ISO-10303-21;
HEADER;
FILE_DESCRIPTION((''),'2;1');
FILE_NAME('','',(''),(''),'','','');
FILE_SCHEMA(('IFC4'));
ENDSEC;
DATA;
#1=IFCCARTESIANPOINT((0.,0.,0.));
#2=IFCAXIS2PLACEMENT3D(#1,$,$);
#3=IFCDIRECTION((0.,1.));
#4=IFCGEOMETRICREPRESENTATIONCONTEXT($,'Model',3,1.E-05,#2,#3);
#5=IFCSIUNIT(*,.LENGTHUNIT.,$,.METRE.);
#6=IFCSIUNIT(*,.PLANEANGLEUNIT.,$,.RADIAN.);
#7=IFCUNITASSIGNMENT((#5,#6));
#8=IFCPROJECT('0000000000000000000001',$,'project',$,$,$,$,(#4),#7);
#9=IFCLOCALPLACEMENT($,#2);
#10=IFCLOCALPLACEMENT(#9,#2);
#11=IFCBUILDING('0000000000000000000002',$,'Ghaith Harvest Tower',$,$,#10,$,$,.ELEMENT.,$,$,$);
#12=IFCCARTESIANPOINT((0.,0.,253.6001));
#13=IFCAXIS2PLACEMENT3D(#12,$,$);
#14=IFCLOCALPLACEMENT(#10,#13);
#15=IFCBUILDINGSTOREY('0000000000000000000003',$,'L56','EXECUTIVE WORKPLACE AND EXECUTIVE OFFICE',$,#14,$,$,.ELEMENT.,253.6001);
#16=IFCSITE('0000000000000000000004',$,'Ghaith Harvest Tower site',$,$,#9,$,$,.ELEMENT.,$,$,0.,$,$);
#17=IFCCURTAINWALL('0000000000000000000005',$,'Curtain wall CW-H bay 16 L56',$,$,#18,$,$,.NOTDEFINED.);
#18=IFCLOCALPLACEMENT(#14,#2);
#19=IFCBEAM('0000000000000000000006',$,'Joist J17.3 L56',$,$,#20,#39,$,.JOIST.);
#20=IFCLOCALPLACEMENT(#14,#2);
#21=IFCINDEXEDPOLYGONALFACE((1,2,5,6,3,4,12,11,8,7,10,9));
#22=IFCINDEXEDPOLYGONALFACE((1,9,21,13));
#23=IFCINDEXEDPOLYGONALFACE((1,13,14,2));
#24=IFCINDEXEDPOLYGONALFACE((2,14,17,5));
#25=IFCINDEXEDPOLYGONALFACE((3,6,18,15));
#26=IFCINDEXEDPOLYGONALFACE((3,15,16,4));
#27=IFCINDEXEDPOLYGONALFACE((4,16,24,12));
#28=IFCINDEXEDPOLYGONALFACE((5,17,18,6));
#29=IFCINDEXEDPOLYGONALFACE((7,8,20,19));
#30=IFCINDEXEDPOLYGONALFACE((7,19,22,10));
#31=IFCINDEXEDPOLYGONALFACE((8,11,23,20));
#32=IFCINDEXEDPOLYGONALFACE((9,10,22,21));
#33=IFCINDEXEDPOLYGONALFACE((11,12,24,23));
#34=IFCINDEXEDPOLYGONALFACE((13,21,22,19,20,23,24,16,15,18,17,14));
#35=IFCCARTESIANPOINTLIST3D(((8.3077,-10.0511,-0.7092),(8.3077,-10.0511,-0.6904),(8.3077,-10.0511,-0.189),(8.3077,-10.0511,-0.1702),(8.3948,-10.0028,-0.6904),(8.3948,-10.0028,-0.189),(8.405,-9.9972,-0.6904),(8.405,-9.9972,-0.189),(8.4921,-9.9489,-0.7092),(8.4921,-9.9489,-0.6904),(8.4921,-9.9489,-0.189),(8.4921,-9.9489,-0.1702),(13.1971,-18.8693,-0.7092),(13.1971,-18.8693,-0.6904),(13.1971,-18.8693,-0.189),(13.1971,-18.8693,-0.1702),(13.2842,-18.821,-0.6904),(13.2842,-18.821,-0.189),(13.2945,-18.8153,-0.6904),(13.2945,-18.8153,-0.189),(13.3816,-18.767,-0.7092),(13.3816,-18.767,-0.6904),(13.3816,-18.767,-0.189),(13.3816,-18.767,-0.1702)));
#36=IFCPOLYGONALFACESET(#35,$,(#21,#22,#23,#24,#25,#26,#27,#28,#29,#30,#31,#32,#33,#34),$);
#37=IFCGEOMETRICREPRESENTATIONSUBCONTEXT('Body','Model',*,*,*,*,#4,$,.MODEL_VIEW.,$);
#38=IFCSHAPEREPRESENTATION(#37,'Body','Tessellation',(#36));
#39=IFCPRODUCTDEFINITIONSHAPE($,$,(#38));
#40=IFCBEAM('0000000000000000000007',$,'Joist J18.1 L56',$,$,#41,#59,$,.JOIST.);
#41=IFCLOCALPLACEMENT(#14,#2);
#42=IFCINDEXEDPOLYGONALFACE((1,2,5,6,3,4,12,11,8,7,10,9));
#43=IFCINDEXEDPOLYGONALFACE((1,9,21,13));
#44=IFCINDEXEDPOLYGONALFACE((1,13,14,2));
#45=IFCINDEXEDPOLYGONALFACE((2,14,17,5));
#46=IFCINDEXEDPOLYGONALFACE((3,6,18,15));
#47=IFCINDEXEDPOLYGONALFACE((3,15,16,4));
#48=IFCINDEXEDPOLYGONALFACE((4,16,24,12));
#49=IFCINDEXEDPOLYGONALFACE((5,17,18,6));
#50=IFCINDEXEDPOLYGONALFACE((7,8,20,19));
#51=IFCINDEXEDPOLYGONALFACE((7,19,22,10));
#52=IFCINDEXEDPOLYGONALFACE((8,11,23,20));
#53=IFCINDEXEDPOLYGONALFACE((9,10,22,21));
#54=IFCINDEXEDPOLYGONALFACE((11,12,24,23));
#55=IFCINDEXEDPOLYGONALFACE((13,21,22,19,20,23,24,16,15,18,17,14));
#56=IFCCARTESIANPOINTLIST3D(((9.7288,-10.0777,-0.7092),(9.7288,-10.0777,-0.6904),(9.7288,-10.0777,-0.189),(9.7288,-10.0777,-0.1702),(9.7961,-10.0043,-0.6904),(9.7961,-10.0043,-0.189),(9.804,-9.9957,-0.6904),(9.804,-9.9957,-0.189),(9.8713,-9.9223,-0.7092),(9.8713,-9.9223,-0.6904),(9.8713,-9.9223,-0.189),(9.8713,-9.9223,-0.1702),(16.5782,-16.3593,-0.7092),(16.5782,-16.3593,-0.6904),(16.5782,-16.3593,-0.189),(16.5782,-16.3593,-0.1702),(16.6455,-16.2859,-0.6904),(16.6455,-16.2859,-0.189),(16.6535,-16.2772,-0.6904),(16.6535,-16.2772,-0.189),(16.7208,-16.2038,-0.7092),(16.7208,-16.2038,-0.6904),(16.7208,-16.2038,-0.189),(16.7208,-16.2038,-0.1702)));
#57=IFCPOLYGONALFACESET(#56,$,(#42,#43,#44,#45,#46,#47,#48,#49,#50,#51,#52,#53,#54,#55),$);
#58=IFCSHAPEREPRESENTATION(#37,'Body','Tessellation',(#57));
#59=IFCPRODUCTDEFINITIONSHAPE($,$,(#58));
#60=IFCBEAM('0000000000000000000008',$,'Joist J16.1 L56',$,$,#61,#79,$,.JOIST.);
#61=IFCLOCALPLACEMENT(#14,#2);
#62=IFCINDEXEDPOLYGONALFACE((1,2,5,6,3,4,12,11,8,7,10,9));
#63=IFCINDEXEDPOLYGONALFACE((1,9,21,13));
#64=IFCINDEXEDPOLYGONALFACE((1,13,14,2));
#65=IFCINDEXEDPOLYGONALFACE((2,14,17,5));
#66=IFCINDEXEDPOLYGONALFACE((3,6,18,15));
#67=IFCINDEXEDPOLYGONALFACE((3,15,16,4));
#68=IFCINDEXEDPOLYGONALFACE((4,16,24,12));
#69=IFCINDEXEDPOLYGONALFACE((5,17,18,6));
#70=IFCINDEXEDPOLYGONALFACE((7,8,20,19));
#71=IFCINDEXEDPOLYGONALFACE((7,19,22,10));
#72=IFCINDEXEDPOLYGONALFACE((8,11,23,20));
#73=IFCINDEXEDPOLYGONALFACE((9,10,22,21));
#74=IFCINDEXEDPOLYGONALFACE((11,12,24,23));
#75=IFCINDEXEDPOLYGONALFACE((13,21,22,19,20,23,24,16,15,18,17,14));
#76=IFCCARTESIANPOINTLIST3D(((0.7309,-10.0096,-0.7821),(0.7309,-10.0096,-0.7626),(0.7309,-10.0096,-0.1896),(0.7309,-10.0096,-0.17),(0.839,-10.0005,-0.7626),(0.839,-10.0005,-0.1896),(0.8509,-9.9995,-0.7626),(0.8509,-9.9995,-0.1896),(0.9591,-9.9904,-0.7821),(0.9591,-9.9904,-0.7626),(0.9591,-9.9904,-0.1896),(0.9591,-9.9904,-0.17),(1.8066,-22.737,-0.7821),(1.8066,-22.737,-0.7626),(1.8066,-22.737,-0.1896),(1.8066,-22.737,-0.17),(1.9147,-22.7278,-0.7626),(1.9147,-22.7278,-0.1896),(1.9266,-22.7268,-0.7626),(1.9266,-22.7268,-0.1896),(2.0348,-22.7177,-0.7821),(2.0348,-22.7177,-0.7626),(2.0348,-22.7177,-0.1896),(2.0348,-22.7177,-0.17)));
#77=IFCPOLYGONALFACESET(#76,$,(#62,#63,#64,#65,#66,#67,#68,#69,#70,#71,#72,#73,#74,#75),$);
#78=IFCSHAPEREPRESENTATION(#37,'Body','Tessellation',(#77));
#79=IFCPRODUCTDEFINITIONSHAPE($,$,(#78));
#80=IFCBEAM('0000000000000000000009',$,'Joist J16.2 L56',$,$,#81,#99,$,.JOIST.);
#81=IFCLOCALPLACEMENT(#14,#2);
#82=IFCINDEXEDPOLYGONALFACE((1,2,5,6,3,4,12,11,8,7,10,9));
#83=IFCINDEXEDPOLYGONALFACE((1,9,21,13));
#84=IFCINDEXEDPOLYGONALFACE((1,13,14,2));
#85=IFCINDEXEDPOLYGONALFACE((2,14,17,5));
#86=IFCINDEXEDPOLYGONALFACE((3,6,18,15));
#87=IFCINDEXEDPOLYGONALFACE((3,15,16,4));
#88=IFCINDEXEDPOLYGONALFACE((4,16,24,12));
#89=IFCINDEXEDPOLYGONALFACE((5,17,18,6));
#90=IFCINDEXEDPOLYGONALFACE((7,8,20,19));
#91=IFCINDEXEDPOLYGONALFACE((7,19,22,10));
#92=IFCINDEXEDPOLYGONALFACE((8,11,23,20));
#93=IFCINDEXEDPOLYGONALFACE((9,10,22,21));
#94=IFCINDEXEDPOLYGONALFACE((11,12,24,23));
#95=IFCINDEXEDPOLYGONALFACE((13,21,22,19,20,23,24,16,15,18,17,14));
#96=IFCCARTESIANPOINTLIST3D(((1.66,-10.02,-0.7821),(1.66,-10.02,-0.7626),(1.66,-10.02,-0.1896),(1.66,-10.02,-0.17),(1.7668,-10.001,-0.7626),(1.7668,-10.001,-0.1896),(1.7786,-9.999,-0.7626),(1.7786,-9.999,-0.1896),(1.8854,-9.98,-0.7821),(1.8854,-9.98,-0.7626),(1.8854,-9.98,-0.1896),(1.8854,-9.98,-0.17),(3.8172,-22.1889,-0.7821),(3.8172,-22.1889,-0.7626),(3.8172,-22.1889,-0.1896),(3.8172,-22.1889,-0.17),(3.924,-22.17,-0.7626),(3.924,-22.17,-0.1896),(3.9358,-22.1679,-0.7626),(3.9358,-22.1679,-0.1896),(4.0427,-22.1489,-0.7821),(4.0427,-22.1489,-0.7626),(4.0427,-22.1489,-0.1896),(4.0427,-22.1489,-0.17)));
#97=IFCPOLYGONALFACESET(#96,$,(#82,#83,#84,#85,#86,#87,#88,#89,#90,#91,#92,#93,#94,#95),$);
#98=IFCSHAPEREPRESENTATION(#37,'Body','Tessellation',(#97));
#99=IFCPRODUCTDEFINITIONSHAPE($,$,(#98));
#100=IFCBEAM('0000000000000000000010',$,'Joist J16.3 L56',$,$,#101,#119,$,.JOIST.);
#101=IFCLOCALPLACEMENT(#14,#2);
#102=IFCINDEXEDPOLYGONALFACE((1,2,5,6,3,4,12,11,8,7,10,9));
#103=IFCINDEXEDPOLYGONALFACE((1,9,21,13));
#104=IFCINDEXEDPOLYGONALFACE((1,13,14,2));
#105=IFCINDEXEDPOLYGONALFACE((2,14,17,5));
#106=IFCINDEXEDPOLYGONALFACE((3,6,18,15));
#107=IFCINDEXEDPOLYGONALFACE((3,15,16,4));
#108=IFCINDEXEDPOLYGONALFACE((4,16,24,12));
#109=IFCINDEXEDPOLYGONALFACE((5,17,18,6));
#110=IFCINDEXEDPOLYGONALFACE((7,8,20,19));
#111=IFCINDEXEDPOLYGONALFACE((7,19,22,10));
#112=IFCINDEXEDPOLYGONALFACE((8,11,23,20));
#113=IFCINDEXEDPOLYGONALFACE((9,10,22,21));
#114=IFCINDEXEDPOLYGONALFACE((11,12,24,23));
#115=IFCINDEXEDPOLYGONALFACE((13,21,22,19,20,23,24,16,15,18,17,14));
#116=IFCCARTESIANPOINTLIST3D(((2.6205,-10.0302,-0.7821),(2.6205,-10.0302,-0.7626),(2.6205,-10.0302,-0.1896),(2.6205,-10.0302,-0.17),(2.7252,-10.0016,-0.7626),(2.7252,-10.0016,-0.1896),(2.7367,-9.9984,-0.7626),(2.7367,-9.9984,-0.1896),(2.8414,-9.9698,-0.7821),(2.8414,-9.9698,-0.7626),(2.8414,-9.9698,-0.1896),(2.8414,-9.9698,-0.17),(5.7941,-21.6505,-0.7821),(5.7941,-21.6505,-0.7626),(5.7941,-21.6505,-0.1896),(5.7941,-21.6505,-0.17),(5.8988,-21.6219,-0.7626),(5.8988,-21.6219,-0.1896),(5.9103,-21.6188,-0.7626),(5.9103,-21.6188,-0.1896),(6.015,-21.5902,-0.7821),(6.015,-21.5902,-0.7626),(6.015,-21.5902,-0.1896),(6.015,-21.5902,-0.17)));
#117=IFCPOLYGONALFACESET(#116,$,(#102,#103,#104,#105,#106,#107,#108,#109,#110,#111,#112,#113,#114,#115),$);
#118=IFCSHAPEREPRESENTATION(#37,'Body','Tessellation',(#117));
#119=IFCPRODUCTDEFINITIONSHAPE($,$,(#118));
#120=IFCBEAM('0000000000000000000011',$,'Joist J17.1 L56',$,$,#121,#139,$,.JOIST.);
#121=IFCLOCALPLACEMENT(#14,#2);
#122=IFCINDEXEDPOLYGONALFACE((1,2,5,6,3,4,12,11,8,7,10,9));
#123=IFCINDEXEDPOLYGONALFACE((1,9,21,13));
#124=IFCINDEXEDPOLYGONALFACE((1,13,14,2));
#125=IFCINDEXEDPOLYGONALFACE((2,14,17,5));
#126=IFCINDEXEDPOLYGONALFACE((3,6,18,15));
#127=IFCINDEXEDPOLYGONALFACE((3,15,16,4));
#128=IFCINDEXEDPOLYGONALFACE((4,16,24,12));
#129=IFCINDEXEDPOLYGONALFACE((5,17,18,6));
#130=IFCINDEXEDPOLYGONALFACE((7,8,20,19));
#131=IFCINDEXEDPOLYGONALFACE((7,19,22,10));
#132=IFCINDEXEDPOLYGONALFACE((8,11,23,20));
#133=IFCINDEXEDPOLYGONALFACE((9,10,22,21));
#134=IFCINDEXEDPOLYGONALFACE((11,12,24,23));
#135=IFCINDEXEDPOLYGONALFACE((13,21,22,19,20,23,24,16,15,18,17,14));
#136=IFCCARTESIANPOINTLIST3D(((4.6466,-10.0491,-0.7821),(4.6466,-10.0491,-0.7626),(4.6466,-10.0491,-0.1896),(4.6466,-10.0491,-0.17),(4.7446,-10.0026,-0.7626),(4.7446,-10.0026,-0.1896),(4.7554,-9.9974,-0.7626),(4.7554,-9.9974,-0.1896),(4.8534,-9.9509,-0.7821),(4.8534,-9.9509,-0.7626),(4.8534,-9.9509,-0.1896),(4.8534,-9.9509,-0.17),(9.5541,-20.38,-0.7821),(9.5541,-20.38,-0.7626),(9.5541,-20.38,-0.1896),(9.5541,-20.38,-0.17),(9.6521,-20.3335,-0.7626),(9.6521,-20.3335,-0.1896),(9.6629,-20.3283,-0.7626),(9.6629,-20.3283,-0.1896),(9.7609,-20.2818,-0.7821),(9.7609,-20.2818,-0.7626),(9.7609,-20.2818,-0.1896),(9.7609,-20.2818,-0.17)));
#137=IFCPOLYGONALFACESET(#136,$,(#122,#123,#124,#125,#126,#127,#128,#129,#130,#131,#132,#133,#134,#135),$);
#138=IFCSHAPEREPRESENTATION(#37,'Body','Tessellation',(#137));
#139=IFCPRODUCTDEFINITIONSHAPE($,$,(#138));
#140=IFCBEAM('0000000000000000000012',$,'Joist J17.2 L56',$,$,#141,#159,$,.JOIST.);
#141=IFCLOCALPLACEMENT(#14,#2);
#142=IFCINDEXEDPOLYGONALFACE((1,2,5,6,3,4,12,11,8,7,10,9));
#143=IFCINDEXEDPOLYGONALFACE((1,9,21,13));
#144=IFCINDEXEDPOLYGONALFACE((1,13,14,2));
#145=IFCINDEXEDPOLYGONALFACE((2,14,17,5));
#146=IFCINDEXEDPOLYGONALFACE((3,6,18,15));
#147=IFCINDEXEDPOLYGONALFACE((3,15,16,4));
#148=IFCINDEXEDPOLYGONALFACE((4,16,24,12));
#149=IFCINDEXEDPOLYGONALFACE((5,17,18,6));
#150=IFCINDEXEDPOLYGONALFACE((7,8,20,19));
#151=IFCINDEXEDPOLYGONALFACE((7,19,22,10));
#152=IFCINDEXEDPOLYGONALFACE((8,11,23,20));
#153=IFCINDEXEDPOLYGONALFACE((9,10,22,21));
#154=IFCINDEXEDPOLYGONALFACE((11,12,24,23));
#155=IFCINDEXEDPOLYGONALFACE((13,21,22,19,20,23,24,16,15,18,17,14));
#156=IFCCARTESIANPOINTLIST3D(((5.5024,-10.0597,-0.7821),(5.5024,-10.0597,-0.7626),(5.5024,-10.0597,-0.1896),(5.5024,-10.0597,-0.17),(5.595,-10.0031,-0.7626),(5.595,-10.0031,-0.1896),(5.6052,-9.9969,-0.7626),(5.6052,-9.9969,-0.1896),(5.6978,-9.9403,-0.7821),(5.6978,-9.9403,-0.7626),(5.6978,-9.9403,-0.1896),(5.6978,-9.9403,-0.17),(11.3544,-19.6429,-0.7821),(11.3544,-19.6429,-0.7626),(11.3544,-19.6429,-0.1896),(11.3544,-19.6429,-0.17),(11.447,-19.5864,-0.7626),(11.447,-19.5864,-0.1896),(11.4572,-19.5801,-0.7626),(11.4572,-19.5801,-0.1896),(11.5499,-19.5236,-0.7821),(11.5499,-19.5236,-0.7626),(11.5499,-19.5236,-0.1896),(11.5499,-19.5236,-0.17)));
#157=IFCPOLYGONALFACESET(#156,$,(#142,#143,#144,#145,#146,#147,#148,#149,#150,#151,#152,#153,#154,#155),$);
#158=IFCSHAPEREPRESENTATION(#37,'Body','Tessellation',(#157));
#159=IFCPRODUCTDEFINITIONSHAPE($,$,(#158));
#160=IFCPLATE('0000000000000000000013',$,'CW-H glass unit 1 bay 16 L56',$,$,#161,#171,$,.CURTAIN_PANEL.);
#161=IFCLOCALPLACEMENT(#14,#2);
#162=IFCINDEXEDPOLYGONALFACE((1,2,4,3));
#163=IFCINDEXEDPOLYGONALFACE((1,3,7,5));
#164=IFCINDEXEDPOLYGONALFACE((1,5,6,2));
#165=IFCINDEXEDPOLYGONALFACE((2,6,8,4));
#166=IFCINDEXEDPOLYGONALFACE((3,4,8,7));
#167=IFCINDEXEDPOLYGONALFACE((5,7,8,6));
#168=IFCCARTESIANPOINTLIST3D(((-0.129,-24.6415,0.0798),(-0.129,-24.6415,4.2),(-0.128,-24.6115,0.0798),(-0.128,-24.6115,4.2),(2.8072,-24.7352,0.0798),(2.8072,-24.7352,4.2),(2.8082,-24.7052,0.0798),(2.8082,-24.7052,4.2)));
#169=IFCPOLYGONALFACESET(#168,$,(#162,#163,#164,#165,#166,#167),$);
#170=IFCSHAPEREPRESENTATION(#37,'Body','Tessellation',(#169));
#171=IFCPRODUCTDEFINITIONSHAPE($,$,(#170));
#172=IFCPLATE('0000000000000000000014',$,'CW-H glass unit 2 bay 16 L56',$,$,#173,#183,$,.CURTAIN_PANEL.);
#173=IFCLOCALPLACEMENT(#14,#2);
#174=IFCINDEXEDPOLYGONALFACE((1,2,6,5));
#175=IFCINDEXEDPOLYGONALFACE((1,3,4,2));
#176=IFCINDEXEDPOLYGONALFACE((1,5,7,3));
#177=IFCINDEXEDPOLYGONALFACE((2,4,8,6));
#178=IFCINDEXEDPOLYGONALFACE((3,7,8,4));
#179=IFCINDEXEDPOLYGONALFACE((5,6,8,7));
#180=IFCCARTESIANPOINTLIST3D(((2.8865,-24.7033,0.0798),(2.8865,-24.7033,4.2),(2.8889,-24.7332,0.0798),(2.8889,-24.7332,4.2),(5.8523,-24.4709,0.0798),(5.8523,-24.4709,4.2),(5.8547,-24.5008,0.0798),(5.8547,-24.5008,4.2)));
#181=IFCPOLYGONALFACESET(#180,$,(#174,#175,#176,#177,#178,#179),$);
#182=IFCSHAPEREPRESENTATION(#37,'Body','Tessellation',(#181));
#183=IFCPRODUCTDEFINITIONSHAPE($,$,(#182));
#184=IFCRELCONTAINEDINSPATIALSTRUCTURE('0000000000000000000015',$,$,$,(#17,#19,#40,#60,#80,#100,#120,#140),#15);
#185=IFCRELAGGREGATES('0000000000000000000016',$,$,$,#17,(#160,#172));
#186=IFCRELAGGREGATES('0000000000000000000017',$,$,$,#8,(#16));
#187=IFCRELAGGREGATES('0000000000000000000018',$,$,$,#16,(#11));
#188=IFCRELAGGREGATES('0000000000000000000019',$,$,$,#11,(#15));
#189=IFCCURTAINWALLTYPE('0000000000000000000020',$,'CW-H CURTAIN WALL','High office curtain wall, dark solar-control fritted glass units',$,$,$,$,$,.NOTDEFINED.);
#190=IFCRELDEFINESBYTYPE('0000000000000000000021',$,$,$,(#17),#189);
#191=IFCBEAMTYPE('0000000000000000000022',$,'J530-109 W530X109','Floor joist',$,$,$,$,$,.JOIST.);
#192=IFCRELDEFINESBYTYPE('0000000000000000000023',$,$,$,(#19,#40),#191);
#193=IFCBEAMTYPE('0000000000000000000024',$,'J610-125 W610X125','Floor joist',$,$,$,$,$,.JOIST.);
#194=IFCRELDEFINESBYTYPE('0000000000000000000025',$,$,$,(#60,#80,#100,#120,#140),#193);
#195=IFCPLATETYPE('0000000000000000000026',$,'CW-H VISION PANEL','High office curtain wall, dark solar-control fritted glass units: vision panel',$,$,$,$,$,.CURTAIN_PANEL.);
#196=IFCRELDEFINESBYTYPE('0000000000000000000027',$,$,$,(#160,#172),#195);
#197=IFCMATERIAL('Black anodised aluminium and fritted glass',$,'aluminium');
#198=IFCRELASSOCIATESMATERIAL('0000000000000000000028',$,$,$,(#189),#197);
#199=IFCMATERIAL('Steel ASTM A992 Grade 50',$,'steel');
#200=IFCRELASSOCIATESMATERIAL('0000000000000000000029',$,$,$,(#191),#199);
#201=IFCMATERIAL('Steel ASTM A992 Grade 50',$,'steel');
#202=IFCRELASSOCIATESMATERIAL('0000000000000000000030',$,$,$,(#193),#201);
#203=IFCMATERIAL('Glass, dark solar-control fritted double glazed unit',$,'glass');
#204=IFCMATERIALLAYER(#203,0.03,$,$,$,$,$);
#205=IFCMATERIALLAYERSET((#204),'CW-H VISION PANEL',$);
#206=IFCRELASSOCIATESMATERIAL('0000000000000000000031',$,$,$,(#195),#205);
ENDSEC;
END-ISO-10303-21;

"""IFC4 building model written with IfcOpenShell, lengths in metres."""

from ifc_helpers import new_model, si_unit, direction, frame, origin, origin_2d, place, context, subcontext, project, spatial, rectangle, i_section, extrude, material, layer, layer_set, material_profile, profile_set, type_object, element, aggregate, save


model = new_model("IFC4")

# Units and contexts
model_context = context("Model", 3, precision=1e-05, world=origin(), true_north=direction((0.0, 1.0)))
body_context = subcontext(model_context, "Body", "Model", "MODEL_VIEW")
ifc_project = project(units=[si_unit("LENGTHUNIT", "METRE"), si_unit("PLANEANGLEUNIT", "RADIAN")], contexts=[model_context])

# Site, building, storey
site_placement = place(None, origin())
site = spatial("IfcSite", under=ifc_project, at=site_placement, Name="Ghaith Harvest Tower site", CompositionType="ELEMENT", RefElevation=0.0)
building_placement = place(site_placement, origin())
building = spatial("IfcBuilding", under=site, at=building_placement, Name="Ghaith Harvest Tower", CompositionType="ELEMENT")
storey_placement = place(building_placement, frame((0.0, 0.0, 253.6001)))
storey = spatial("IfcBuildingStorey", under=building, at=storey_placement, Name="L56", Description="EXECUTIVE WORKPLACE AND EXECUTIVE OFFICE", CompositionType="ELEMENT", Elevation=253.6001)

# Curtain wall
ifc_material_1 = material(Name="Black anodised aluminium and fritted glass", Category="aluminium")
curtain_wall_type = type_object("IfcCurtainWallType", Name="CW-H CURTAIN WALL", Description="High office curtain wall, dark solar-control fritted glass units", PredefinedType="NOTDEFINED", material=ifc_material_1)
curtain_wall_1_placement = place(storey_placement, origin())
curtain_wall_1 = element("IfcCurtainWall", 1, at=curtain_wall_1_placement, inside=storey, type_object=curtain_wall_type, Name="Curtain wall CW-H bay 16 L56", PredefinedType="NOTDEFINED")

# Beams
ifc_material_2 = material(Name="Steel ASTM A992 Grade 50", Category="steel")
ifc_material_profile_1 = material_profile(ifc_material_2, i_section(OverallWidth=0.2109, OverallDepth=0.5391, WebThickness=0.0117, FlangeThickness=0.0188, at=origin_2d()), Name="W530X109")
ifc_profile_set_1 = profile_set([ifc_material_profile_1], Name="Steel ASTM A992 Grade 50")
beam_type_1 = type_object("IfcBeamType", Name="J530-109 W530X109", Description="Floor joist", PredefinedType="JOIST", material=ifc_profile_set_1)
beam_1_placement = place(storey_placement, frame((8.3999, -10.0, -0.4397), z_axis=(0.484919, -0.874559, 0.0), x_axis=(0.874559, 0.484919, 0.0)))
element("IfcBeam", 2, at=beam_1_placement, inside=storey, type_object=beam_type_1, Name="Joist J17.3 L56", PredefinedType="JOIST", context=body_context, shape_type="SweptSolid", body=[
    extrude(i_section(OverallWidth=0.2109, OverallDepth=0.5391, WebThickness=0.0117, FlangeThickness=0.0188, at=origin_2d()), origin(), (0.0, 0.0, 1.0), 10.083),
])
beam_2_placement = place(storey_placement, frame((9.8, -10.0, -0.4397), z_axis=(0.736998, -0.675895, 0.0), x_axis=(0.675895, 0.736998, 0.0)))
element("IfcBeam", 3, at=beam_2_placement, inside=storey, type_object=beam_type_1, Name="Joist J18.1 L56", PredefinedType="JOIST", context=body_context, shape_type="SweptSolid", body=[
    extrude(i_section(OverallWidth=0.2109, OverallDepth=0.5391, WebThickness=0.0117, FlangeThickness=0.0188, at=origin_2d()), origin(), (0.0, 0.0, 1.0), 9.2937),
])
ifc_material_3 = material(Name="Steel ASTM A992 Grade 50", Category="steel")
ifc_material_profile_2 = material_profile(ifc_material_3, i_section(OverallWidth=0.229, OverallDepth=0.6121, WebThickness=0.012, FlangeThickness=0.0195, at=origin_2d()), Name="W610X125")
ifc_profile_set_2 = profile_set([ifc_material_profile_2], Name="Steel ASTM A992 Grade 50")
beam_type_2 = type_object("IfcBeamType", Name="J610-125 W610X125", Description="Floor joist", PredefinedType="JOIST", material=ifc_profile_set_2)
beam_3_placement = place(storey_placement, frame((0.845, -10.0, -0.4761), z_axis=(0.084218, -0.996447, 0.0), x_axis=(0.996447, 0.084218, 0.0)))
element("IfcBeam", 4, at=beam_3_placement, inside=storey, type_object=beam_type_2, Name="Joist J16.1 L56", PredefinedType="JOIST", context=body_context, shape_type="SweptSolid", body=[
    extrude(i_section(OverallWidth=0.229, OverallDepth=0.6121, WebThickness=0.012, FlangeThickness=0.0195, at=origin_2d()), origin(), (0.0, 0.0, 1.0), 12.7727),
])
beam_4_placement = place(storey_placement, frame((1.7727, -10.0, -0.4761), z_axis=(0.174552, -0.984648, 0.0), x_axis=(0.984648, 0.174552, 0.0)))
element("IfcBeam", 5, at=beam_4_placement, inside=storey, type_object=beam_type_2, Name="Joist J16.2 L56", PredefinedType="JOIST", context=body_context, shape_type="SweptSolid", body=[
    extrude(i_section(OverallWidth=0.229, OverallDepth=0.6121, WebThickness=0.012, FlangeThickness=0.0195, at=origin_2d()), origin(), (0.0, 0.0, 1.0), 12.3586),
])
beam_5_placement = place(storey_placement, frame((2.731, -10.0, -0.4761), z_axis=(0.263457, -0.964671, 0.0), x_axis=(0.964671, 0.263457, 0.0)))
element("IfcBeam", 6, at=beam_5_placement, inside=storey, type_object=beam_type_2, Name="Joist J16.3 L56", PredefinedType="JOIST", context=body_context, shape_type="SweptSolid", body=[
    extrude(i_section(OverallWidth=0.229, OverallDepth=0.6121, WebThickness=0.012, FlangeThickness=0.0195, at=origin_2d()), origin(), (0.0, 0.0, 1.0), 12.0459),
])
beam_6_placement = place(storey_placement, frame((4.75, -10.0, -0.4761), z_axis=(0.429081, -0.903266, 0.0), x_axis=(0.903266, 0.429081, 0.0)))
element("IfcBeam", 7, at=beam_6_placement, inside=storey, type_object=beam_type_2, Name="Joist J17.1 L56", PredefinedType="JOIST", context=body_context, shape_type="SweptSolid", body=[
    extrude(i_section(OverallWidth=0.229, OverallDepth=0.6121, WebThickness=0.012, FlangeThickness=0.0195, at=origin_2d()), origin(), (0.0, 0.0, 1.0), 11.4373),
])
beam_7_placement = place(storey_placement, frame((5.6001, -10.0, -0.4761), z_axis=(0.521166, -0.853455, 0.0), x_axis=(0.853455, 0.521166, 0.0)))
element("IfcBeam", 8, at=beam_7_placement, inside=storey, type_object=beam_type_2, Name="Joist J17.2 L56", PredefinedType="JOIST", context=body_context, shape_type="SweptSolid", body=[
    extrude(i_section(OverallWidth=0.229, OverallDepth=0.6121, WebThickness=0.012, FlangeThickness=0.0195, at=origin_2d()), origin(), (0.0, 0.0, 1.0), 11.2288),
])

# Plates
ifc_material_4 = material(Name="Glass, dark solar-control fritted double glazed unit", Category="glass")
ifc_layer_1 = layer(ifc_material_4, 0.03)
ifc_layer_set_1 = layer_set([ifc_layer_1], Name="CW-H VISION PANEL")
plate_type = type_object("IfcPlateType", Name="CW-H VISION PANEL", Description="High office curtain wall, dark solar-control fritted glass units: vision panel", PredefinedType="CURTAIN_PANEL", material=ifc_layer_set_1)
plate_1_placement = place(storey_placement, frame((1.3396, -24.6733, 0.0798), z_axis=(0.0, 0.0, 1.0), x_axis=(0.999491, -0.031894, 0.0)))
plate_1 = element("IfcPlate", 9, at=plate_1_placement, type_object=plate_type, Name="CW-H glass unit 1 bay 16 L56", PredefinedType="CURTAIN_PANEL", context=body_context, shape_type="SweptSolid", body=[
    extrude(rectangle(XDim=2.9377, YDim=0.03, at=origin_2d()), origin(), (0.0, 0.0, 1.0), 4.1201),
])
plate_2_placement = place(storey_placement, frame((4.3706, -24.6021, 0.0798), z_axis=(0.0, 0.0, 1.0), x_axis=(0.996945, 0.078101, 0.0)))
plate_2 = element("IfcPlate", 10, at=plate_2_placement, type_object=plate_type, Name="CW-H glass unit 2 bay 16 L56", PredefinedType="CURTAIN_PANEL", context=body_context, shape_type="SweptSolid", body=[
    extrude(rectangle(XDim=2.9749, YDim=0.03, at=origin_2d()), origin(), (0.0, 0.0, 1.0), 4.1201),
])
aggregate(curtain_wall_1, [plate_1, plate_2])

save(model, "model.ifc")
